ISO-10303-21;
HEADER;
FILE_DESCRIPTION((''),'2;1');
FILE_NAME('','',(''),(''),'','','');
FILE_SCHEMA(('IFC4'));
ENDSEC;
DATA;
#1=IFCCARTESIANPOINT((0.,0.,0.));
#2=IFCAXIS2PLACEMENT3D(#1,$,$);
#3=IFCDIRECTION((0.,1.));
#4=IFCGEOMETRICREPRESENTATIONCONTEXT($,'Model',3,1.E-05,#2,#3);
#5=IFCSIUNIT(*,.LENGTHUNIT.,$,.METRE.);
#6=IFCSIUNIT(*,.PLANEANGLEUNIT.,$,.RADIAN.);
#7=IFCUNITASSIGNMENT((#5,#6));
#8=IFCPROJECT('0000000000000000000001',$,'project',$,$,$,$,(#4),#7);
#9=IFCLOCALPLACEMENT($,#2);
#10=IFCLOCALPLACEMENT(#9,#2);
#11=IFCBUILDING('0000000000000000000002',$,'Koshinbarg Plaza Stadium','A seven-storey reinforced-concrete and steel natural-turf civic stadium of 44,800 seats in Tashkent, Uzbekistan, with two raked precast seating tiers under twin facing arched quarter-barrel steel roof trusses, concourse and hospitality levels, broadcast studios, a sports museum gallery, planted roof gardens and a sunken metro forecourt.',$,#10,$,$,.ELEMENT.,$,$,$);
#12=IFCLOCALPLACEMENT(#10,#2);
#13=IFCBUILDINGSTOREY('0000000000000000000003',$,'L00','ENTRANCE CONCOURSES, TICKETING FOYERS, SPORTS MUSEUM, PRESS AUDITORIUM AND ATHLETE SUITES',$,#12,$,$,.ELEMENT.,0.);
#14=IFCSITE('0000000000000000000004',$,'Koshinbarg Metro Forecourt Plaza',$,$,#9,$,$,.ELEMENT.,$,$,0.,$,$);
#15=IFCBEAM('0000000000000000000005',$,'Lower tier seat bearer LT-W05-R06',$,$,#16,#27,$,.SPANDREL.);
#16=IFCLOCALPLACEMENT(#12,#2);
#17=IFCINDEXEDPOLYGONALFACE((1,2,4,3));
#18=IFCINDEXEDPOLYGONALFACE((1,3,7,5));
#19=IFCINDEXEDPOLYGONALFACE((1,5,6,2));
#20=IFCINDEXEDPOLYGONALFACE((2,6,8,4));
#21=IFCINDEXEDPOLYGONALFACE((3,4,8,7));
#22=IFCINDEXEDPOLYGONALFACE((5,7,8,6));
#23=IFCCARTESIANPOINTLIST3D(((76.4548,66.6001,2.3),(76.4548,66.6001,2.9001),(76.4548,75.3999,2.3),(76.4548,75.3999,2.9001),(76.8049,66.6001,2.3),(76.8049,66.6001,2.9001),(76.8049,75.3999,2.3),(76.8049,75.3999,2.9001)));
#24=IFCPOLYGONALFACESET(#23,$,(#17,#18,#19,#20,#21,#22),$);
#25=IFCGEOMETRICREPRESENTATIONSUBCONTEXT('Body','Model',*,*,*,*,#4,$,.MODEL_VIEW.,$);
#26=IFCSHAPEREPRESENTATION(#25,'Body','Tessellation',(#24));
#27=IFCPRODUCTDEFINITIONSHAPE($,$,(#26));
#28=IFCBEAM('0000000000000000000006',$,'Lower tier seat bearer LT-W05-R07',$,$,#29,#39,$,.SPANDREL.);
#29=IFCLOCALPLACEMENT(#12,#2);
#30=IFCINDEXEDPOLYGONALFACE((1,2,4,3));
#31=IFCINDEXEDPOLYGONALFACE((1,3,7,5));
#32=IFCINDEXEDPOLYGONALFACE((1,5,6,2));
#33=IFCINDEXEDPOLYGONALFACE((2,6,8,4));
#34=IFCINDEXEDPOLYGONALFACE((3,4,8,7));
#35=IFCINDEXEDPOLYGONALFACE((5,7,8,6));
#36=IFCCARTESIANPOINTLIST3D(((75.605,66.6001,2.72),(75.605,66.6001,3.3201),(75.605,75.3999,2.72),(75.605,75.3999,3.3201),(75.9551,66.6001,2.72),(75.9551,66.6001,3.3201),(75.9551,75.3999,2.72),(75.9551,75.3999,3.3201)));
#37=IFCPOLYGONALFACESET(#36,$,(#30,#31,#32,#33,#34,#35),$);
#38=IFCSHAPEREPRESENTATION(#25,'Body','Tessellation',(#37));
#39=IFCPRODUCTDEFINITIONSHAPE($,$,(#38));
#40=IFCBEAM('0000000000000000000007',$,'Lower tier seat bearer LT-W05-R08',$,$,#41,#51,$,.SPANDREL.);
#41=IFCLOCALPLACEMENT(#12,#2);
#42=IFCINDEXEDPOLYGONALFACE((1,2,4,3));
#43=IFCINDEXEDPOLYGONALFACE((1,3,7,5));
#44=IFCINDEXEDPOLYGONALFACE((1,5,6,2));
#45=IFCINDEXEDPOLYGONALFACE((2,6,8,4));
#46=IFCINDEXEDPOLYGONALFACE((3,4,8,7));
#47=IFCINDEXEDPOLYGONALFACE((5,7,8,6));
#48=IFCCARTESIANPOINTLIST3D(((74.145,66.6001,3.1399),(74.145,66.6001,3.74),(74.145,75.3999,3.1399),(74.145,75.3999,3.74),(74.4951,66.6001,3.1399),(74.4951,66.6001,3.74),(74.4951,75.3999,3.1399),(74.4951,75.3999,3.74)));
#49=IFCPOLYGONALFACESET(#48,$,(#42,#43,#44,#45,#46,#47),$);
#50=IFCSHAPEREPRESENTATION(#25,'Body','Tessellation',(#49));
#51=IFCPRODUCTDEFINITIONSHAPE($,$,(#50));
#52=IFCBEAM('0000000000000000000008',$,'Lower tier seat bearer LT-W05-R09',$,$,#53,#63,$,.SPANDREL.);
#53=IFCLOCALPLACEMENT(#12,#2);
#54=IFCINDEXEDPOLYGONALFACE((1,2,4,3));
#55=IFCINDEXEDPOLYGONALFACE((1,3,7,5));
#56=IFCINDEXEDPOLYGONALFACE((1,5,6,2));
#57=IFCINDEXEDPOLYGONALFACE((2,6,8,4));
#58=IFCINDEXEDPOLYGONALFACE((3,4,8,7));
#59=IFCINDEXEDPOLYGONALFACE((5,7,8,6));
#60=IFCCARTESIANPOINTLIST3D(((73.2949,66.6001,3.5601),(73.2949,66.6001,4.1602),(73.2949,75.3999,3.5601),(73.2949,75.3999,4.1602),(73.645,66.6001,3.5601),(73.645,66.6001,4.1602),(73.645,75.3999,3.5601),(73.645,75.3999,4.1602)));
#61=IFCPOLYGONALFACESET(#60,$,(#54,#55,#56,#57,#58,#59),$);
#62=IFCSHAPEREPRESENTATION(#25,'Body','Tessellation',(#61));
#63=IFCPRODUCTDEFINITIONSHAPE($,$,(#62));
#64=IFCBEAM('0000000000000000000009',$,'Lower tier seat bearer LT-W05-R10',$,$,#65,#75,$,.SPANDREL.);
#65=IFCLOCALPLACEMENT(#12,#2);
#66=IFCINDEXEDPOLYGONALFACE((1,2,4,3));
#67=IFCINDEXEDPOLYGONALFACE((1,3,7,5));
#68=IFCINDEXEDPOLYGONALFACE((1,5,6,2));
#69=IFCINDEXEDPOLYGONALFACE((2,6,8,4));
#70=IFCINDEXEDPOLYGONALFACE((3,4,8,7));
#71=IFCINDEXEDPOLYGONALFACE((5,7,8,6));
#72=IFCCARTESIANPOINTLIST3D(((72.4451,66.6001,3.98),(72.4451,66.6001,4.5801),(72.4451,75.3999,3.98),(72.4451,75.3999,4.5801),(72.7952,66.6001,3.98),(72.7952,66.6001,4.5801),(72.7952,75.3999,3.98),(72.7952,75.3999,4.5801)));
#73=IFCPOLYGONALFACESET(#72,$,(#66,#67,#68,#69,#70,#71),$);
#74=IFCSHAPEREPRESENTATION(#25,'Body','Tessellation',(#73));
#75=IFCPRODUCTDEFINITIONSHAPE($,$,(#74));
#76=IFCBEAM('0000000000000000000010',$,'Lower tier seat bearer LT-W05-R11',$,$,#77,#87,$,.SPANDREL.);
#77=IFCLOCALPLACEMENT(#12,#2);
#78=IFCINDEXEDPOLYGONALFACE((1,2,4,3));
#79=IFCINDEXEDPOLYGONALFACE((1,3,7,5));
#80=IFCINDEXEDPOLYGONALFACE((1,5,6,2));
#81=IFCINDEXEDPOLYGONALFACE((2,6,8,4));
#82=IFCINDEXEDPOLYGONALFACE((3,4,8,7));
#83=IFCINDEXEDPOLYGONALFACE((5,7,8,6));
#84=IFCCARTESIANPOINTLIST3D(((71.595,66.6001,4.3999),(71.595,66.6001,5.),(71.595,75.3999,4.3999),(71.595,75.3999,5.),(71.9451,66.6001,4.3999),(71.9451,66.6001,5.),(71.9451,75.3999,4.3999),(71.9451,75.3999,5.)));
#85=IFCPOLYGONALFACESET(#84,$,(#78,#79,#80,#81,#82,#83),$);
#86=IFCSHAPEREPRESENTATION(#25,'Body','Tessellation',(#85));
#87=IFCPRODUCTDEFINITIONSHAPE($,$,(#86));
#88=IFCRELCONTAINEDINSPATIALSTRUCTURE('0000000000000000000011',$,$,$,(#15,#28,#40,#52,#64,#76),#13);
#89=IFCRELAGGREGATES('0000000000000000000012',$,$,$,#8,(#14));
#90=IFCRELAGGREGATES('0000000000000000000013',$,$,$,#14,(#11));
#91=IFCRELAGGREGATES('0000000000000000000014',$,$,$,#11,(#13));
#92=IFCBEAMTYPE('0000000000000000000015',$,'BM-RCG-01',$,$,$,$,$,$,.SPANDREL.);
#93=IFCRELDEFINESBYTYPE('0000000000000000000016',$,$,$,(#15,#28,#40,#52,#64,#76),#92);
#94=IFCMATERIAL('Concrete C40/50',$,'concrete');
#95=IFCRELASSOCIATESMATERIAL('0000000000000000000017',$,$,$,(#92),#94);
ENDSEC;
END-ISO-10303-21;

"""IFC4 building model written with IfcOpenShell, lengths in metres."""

from ifc_helpers import new_model, si_unit, direction, frame, origin, origin_2d, place, context, subcontext, project, spatial, rectangle, extrude, material, material_profile, profile_set, type_object, element, save


model = new_model("IFC4")

# Units and contexts
model_context = context("Model", 3, precision=1e-05, world=origin(), true_north=direction((0.0, 1.0)))
body_context = subcontext(model_context, "Body", "Model", "MODEL_VIEW")
ifc_project = project(units=[si_unit("LENGTHUNIT", "METRE"), si_unit("PLANEANGLEUNIT", "RADIAN")], contexts=[model_context])

# Site, building, storey
site_placement = place(None, origin())
site = spatial("IfcSite", under=ifc_project, at=site_placement, Name="Koshinbarg Metro Forecourt Plaza", CompositionType="ELEMENT", RefElevation=0.0)
building_placement = place(site_placement, origin())
building = spatial("IfcBuilding", under=site, at=building_placement, Name="Koshinbarg Plaza Stadium", Description="A seven-storey reinforced-concrete and steel natural-turf civic stadium of 44,800 seats in Tashkent, Uzbekistan, with two raked precast seating tiers under twin facing arched quarter-barrel steel roof trusses, concourse and hospitality levels, broadcast studios, a sports museum gallery, planted roof gardens and a sunken metro forecourt.", CompositionType="ELEMENT")
storey_placement = place(building_placement, origin())
storey = spatial("IfcBuildingStorey", under=building, at=storey_placement, Name="L00", Description="ENTRANCE CONCOURSES, TICKETING FOYERS, SPORTS MUSEUM, PRESS AUDITORIUM AND ATHLETE SUITES", CompositionType="ELEMENT", Elevation=0.0)

# Shared definitions
ifc_material_1 = material(Name="Concrete C40/50", Category="concrete")

# Beams
ifc_material_profile_1 = material_profile(ifc_material_1, rectangle(XDim=0.3501, YDim=0.6001, at=origin_2d()), Name="RC 350x600")
ifc_profile_set_1 = profile_set([ifc_material_profile_1], Name="Concrete C40/50")
beam_type = type_object("IfcBeamType", Name="BM-RCG-01", PredefinedType="SPANDREL", material=ifc_profile_set_1)
for number, where, z_axis, x_axis, name in (
    (1, (76.6299, 66.6001, 2.6001), (0.0, 1.0, 0.0), (-1.0, 0.0, 0.0), "Lower tier seat bearer LT-W05-R06"),
    (2, (75.78, 66.6001, 3.02), (0.0, 1.0, 0.0), (-1.0, 0.0, 0.0), "Lower tier seat bearer LT-W05-R07"),
    (3, (74.3201, 66.6001, 3.4399), (0.0, 1.0, 0.0), (-1.0, 0.0, 0.0), "Lower tier seat bearer LT-W05-R08"),
    (4, (73.47, 66.6001, 3.8601), (0.0, 1.0, 0.0), (-1.0, 0.0, 0.0), "Lower tier seat bearer LT-W05-R09"),
    (5, (72.6201, 66.6001, 4.28), (0.0, 1.0, 0.0), (-1.0, 0.0, 0.0), "Lower tier seat bearer LT-W05-R10"),
    (6, (71.77, 66.6001, 4.7), (0.0, 1.0, 0.0), (-1.0, 0.0, 0.0), "Lower tier seat bearer LT-W05-R11"),
):
    element("IfcBeam", number, at=place(storey_placement, frame(where, z_axis=z_axis, x_axis=x_axis)), inside=storey, type_object=beam_type, Name=name, PredefinedType="SPANDREL", context=body_context, shape_type="SweptSolid", body=[
        extrude(rectangle(XDim=0.3501, YDim=0.6001, at=origin_2d()), origin(), (0.0, 0.0, 1.0), 8.7998),
    ])

save(model, "model.ifc")
